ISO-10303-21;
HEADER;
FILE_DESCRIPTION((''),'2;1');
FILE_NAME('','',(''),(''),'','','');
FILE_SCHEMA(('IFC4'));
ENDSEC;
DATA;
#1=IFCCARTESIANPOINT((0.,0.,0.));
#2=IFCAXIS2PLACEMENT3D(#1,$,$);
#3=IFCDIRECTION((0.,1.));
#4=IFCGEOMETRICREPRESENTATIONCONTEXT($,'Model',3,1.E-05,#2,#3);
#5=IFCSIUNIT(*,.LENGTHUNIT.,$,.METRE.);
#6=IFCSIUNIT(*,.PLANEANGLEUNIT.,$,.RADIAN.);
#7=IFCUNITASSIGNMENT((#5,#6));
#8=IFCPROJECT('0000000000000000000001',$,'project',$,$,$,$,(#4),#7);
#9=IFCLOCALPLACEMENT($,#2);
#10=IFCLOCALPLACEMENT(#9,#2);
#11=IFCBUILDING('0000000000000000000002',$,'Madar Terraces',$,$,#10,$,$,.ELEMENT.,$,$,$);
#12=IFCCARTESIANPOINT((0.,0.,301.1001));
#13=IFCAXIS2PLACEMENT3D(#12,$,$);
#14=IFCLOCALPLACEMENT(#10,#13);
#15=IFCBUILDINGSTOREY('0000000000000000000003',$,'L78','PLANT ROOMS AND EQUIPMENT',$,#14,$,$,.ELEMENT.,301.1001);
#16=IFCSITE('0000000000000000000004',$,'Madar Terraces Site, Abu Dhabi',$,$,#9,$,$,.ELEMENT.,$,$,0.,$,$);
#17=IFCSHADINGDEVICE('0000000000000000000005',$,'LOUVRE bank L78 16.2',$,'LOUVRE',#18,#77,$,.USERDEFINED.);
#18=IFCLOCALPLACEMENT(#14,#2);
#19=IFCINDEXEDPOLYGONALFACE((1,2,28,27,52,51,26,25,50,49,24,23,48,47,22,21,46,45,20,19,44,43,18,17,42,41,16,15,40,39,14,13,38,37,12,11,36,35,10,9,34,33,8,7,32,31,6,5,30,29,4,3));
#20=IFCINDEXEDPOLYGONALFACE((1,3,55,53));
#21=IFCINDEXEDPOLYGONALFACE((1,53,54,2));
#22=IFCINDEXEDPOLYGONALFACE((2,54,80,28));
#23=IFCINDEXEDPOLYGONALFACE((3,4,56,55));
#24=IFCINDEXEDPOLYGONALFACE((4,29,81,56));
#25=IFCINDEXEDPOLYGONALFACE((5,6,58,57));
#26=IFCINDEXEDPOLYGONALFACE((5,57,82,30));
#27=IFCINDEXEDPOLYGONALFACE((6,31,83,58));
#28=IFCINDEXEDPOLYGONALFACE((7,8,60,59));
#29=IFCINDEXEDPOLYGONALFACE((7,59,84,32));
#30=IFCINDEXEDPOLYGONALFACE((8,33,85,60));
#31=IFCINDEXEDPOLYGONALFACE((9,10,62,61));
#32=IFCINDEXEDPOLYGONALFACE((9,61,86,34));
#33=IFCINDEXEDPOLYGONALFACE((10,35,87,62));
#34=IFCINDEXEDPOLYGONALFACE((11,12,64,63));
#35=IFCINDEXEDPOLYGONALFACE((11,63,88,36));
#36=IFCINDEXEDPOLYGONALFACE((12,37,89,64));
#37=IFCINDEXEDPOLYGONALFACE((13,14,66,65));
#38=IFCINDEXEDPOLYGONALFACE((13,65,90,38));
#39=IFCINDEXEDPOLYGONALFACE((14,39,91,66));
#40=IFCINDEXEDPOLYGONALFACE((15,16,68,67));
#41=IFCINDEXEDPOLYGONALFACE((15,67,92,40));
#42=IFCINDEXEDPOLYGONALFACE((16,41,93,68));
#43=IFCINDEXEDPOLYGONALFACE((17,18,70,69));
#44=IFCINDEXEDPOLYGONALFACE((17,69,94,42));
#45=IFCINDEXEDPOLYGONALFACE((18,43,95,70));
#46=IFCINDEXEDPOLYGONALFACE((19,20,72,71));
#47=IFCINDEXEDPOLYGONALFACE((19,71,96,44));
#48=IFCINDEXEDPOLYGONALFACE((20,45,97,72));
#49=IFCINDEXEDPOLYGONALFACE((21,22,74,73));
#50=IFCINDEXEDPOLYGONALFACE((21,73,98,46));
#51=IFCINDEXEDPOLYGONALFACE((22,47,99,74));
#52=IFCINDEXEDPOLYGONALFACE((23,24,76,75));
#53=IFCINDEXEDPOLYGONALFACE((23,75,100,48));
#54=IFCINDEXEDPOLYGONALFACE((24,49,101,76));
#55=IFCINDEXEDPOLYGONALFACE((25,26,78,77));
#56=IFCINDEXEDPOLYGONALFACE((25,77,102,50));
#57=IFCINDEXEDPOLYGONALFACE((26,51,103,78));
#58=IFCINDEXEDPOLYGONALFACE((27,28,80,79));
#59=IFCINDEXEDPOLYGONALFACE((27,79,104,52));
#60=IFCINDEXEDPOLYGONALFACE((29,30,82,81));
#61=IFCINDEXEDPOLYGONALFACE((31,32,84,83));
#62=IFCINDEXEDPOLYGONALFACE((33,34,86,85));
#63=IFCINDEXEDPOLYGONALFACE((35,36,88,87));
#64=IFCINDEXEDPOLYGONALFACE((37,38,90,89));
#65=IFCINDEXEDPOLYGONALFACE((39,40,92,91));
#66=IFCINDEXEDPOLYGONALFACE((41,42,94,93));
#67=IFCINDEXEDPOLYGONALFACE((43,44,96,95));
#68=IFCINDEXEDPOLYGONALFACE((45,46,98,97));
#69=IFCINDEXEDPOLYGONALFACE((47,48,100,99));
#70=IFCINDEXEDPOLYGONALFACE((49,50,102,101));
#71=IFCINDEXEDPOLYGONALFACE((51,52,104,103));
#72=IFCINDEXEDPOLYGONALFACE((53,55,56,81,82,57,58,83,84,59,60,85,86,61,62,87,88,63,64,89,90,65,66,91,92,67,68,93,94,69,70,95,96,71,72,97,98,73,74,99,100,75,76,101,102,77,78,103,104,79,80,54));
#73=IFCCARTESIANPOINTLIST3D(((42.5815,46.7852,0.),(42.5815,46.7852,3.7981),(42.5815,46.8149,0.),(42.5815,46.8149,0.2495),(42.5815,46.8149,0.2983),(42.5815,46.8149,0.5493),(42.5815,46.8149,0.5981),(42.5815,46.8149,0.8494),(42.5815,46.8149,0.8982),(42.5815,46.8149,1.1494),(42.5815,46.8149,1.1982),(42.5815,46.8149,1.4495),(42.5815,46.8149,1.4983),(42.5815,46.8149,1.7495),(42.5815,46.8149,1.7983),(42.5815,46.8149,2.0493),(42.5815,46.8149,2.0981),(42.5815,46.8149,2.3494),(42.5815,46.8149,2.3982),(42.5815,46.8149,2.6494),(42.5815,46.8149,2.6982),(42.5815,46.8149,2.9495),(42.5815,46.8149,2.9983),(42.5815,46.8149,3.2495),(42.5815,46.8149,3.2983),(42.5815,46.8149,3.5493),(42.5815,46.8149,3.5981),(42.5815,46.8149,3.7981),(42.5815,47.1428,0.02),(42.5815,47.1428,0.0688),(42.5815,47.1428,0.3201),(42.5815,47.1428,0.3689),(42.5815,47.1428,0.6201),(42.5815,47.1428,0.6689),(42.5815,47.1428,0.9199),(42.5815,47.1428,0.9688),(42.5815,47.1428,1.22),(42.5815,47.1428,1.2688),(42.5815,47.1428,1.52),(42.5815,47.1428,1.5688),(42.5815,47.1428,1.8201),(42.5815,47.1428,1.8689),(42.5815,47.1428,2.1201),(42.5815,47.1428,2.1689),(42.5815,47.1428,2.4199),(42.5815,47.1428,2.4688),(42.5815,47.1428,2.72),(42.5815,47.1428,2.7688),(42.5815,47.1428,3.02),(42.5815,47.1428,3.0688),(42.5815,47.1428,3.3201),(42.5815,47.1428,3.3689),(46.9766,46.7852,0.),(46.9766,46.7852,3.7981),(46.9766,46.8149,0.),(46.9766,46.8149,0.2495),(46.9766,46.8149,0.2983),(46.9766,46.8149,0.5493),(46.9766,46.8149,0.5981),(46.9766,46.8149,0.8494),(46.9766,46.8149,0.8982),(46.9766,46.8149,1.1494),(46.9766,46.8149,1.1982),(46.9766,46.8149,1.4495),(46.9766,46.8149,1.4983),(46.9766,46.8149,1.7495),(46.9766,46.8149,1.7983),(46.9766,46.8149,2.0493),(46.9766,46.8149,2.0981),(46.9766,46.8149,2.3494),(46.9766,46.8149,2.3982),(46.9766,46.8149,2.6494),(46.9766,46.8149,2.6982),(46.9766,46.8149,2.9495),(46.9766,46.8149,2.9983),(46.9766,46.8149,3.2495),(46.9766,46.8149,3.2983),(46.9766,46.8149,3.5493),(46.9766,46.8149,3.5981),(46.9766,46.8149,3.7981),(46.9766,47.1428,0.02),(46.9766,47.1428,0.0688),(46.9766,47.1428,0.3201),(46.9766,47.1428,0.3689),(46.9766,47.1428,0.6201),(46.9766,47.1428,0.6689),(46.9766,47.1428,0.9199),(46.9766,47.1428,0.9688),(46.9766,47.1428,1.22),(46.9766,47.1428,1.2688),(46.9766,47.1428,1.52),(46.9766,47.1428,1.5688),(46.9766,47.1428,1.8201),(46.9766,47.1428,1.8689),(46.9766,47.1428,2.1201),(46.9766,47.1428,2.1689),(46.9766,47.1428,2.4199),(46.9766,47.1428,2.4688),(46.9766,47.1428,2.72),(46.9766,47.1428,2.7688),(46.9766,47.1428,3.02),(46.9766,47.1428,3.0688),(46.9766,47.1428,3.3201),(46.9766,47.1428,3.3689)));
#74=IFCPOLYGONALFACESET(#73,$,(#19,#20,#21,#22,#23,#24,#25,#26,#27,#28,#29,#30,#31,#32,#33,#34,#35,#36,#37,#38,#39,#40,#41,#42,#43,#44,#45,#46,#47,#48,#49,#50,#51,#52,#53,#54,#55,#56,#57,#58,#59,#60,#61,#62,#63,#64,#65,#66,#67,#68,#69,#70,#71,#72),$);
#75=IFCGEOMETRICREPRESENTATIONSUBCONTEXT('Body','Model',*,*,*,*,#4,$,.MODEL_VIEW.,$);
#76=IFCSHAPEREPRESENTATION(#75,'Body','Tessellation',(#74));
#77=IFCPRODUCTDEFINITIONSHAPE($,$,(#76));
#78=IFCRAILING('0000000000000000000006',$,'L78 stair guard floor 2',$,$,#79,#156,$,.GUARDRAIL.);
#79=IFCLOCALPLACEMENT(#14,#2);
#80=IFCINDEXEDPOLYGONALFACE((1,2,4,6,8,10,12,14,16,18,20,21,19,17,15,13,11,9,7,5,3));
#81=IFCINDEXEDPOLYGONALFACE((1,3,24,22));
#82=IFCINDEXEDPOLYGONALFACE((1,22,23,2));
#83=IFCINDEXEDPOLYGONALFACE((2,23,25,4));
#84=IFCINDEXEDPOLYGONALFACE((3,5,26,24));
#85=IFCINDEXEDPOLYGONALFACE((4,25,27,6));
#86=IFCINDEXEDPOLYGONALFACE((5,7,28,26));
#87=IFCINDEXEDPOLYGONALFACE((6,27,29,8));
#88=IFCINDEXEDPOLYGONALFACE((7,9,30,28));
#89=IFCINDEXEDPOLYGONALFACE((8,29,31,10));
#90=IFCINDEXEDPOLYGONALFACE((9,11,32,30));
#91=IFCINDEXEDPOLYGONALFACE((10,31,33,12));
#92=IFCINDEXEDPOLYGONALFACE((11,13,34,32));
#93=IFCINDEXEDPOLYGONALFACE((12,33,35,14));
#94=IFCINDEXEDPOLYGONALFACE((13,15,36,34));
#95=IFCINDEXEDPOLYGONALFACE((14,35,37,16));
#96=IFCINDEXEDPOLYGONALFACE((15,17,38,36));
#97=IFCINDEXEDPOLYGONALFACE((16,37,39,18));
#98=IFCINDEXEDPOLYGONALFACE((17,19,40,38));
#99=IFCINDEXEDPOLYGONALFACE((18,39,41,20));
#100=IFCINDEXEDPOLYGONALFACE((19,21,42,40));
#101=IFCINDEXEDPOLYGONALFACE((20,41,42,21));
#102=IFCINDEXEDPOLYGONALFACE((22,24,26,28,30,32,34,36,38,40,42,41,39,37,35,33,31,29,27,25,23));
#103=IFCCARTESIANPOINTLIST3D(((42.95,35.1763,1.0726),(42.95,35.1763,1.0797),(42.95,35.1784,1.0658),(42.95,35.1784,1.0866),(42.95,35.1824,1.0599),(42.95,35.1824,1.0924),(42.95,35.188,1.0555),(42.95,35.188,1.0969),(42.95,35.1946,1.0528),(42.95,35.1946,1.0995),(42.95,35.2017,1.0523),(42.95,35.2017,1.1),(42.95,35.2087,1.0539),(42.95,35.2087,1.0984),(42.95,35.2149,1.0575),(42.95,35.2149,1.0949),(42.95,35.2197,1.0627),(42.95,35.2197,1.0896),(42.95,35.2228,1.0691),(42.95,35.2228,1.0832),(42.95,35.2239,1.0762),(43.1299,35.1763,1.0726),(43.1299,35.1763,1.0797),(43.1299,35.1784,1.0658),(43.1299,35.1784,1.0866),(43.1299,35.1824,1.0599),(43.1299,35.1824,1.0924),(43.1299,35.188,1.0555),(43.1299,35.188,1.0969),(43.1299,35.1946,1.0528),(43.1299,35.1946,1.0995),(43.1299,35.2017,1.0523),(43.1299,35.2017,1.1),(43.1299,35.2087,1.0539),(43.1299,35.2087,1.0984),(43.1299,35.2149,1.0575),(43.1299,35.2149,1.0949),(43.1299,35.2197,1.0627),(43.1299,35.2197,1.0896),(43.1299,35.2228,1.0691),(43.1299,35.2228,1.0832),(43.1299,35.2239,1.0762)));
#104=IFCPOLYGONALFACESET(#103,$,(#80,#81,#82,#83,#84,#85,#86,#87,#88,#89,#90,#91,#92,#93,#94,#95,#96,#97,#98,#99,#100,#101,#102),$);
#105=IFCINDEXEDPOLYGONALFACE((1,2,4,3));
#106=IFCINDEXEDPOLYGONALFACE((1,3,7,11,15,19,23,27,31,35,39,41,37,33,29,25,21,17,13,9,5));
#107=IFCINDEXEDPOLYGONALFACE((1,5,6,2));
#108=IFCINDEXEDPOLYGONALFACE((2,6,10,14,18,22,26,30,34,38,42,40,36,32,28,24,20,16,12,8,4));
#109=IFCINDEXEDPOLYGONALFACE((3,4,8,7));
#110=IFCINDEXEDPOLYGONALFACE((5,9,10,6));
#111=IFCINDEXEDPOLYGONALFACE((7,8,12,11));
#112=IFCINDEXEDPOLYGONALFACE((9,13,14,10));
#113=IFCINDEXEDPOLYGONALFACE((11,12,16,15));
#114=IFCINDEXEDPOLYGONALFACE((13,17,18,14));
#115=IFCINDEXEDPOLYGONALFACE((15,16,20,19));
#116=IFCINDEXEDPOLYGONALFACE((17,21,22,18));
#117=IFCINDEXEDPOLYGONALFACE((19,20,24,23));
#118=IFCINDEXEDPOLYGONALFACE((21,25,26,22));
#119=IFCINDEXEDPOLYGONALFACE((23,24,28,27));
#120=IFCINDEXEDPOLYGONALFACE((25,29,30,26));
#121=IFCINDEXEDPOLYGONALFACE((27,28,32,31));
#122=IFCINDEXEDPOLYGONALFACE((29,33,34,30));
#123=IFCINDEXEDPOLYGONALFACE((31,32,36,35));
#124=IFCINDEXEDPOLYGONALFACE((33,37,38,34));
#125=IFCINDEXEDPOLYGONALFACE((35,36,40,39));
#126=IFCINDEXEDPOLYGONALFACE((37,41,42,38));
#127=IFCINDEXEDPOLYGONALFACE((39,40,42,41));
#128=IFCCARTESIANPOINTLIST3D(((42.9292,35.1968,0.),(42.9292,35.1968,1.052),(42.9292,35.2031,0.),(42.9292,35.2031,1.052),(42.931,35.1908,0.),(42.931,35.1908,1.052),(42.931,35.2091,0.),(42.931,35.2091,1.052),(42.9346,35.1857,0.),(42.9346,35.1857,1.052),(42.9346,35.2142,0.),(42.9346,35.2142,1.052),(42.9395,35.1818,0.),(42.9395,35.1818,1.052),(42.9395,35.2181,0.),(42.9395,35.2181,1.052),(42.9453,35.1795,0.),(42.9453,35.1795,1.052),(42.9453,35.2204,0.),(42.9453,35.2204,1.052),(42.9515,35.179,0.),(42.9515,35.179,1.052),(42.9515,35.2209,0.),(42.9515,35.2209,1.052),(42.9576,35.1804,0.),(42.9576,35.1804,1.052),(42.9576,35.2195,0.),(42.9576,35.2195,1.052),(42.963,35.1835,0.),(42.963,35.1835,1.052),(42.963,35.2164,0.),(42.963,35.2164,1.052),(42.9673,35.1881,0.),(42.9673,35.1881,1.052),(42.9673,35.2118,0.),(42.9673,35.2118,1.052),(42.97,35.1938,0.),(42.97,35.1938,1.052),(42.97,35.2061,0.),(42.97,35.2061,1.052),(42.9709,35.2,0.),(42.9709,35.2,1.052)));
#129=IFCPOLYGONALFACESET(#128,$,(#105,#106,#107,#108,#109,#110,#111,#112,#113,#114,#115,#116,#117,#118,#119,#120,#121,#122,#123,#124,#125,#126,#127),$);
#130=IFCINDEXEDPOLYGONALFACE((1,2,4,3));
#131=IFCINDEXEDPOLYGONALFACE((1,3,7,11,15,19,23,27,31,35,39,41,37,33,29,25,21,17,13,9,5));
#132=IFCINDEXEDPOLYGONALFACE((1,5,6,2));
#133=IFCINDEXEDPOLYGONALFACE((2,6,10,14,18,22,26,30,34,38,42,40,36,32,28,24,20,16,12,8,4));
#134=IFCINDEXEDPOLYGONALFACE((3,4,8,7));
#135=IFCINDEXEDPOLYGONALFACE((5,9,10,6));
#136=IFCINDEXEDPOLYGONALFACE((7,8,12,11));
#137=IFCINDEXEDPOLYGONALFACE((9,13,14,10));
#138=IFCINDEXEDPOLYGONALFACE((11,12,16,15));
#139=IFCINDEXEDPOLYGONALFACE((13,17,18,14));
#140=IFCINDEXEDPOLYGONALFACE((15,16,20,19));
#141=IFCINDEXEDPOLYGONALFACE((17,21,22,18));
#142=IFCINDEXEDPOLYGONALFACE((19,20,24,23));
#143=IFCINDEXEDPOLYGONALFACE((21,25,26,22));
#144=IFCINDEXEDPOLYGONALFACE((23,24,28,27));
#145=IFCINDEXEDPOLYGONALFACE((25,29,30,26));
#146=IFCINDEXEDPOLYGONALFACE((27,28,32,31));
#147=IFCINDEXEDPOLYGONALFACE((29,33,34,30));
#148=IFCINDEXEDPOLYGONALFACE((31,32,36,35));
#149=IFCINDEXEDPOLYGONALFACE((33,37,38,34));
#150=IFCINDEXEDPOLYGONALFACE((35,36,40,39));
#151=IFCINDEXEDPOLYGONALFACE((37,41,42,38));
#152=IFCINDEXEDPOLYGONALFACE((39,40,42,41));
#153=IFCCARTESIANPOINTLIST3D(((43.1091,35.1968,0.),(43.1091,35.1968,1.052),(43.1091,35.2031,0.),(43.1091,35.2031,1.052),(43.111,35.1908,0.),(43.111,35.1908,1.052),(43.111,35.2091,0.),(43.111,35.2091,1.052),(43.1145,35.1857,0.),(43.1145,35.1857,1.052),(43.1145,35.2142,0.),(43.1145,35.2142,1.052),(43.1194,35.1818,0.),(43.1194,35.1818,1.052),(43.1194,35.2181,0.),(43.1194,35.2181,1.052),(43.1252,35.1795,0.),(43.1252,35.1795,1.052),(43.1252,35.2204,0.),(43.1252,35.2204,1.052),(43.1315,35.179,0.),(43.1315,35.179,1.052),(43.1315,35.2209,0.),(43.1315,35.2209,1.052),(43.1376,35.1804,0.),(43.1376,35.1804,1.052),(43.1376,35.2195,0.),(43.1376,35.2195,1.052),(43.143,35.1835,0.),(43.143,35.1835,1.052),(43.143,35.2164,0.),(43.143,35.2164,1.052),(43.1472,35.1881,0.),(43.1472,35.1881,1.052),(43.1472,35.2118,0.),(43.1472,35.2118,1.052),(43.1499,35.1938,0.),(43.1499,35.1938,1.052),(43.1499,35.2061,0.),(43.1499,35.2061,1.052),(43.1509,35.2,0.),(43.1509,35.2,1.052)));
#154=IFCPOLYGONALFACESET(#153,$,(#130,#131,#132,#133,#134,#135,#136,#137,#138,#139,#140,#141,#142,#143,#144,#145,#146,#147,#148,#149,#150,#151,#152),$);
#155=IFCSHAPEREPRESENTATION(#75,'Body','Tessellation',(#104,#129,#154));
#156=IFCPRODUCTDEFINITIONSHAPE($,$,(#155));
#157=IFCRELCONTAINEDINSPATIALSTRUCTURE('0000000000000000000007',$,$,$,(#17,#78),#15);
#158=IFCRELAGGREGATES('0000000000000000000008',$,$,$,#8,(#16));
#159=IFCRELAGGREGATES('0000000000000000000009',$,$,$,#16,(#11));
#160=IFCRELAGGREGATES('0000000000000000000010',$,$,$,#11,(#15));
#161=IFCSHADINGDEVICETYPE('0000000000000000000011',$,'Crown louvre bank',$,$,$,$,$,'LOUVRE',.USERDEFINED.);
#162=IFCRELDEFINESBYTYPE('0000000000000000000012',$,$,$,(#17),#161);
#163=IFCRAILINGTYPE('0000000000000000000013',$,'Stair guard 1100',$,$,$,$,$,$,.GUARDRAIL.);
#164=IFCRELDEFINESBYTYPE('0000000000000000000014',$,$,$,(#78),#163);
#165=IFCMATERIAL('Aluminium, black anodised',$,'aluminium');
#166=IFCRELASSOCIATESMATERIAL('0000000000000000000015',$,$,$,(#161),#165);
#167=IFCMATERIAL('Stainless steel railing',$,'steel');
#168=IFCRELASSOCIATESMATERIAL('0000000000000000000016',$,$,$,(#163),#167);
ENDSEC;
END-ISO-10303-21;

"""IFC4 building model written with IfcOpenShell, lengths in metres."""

from ifc_helpers import new_model, si_unit, direction, frame, origin, origin_2d, place, context, subcontext, project, spatial, polyline, circle, outline, extrude, material, type_object, element, save


model = new_model("IFC4")

# Units and contexts
model_context = context("Model", 3, precision=1e-05, world=origin(), true_north=direction((0.0, 1.0)))
body_context = subcontext(model_context, "Body", "Model", "MODEL_VIEW")
ifc_project = project(units=[si_unit("LENGTHUNIT", "METRE"), si_unit("PLANEANGLEUNIT", "RADIAN")], contexts=[model_context])

# Site, building, storey
site_placement = place(None, origin())
site = spatial("IfcSite", under=ifc_project, at=site_placement, Name="Madar Terraces Site, Abu Dhabi", CompositionType="ELEMENT", RefElevation=0.0)
building_placement = place(site_placement, origin())
building = spatial("IfcBuilding", under=site, at=building_placement, Name="Madar Terraces", CompositionType="ELEMENT")
storey_placement = place(building_placement, frame((0.0, 0.0, 301.1001)))
storey = spatial("IfcBuildingStorey", under=building, at=storey_placement, Name="L78", Description="PLANT ROOMS AND EQUIPMENT", CompositionType="ELEMENT", Elevation=301.1001)

# Shading device
ifc_material_1 = material(Name="Aluminium, black anodised", Category="aluminium")
shading_device_type = type_object("IfcShadingDeviceType", Name="Crown louvre bank", ElementType="LOUVRE", PredefinedType="USERDEFINED", material=ifc_material_1)
shading_device_1_placement = place(storey_placement, frame((46.9766, 46.8, 0.0), z_axis=(-1.0, 0.0, 0.0), x_axis=(0.0, -1.0, 0.0)))
element("IfcShadingDevice", 1, at=shading_device_1_placement, inside=storey, type_object=shading_device_type, Name="LOUVRE bank L78 16.2", ObjectType="LOUVRE", PredefinedType="USERDEFINED", context=body_context, shape_type="SweptSolid", body=[
    extrude(outline(polyline([(0.0149, 0.0), (-0.0149, 0.0), (-0.0149, 0.2495), (-0.3428, 0.02), (-0.3428, 0.0688), (-0.0149, 0.2983), (-0.0149, 0.5493), (-0.3428, 0.3201), (-0.3428, 0.3689), (-0.0149, 0.5981), (-0.0149, 0.8494), (-0.3428, 0.6201), (-0.3428, 0.6689), (-0.0149, 0.8982), (-0.0149, 1.1494), (-0.3428, 0.9199), (-0.3428, 0.9688), (-0.0149, 1.1982), (-0.0149, 1.4495), (-0.3428, 1.22), (-0.3428, 1.2688), (-0.0149, 1.4983), (-0.0149, 1.7495), (-0.3428, 1.52), (-0.3428, 1.5688), (-0.0149, 1.7983), (-0.0149, 2.0493), (-0.3428, 1.8201), (-0.3428, 1.8689), (-0.0149, 2.0981), (-0.0149, 2.3494), (-0.3428, 2.1201), (-0.3428, 2.1689), (-0.0149, 2.3982), (-0.0149, 2.6494), (-0.3428, 2.4199), (-0.3428, 2.4688), (-0.0149, 2.6982), (-0.0149, 2.9495), (-0.3428, 2.72), (-0.3428, 2.7688), (-0.0149, 2.9983), (-0.0149, 3.2495), (-0.3428, 3.02), (-0.3428, 3.0688), (-0.0149, 3.2983), (-0.0149, 3.5493), (-0.3428, 3.3201), (-0.3428, 3.3689), (-0.0149, 3.5981), (-0.0149, 3.7981), (0.0149, 3.7981), (0.0149, 0.0)])), origin(), (0.0, 0.0, 1.0), 4.395),
])

# Railing
ifc_material_2 = material(Name="Stainless steel railing", Category="steel")
railing_type_1 = type_object("IfcRailingType", Name="Stair guard 1100", PredefinedType="GUARDRAIL", material=ifc_material_2)
railing_1_placement = place(storey_placement, frame((42.95, 35.2, 0.0)))
element("IfcRailing", 2, at=railing_1_placement, inside=storey, type_object=railing_type_1, Name="L78 stair guard floor 2", PredefinedType="GUARDRAIL", context=body_context, shape_type="SweptSolid", body=[
    extrude(circle(Radius=0.0239, at=origin_2d()), frame((0.0, 0.0, 1.0762), z_axis=(1.0, 0.0, 0.0), x_axis=(0.0, 1.0, 0.0)), (0.0, 0.0, 1.0), 0.1799),
    extrude(circle(Radius=0.021, at=origin_2d()), origin(), (0.0, 0.0, 1.0), 1.052),
    extrude(circle(Radius=0.021, at=origin_2d()), frame((0.1799, 0.0, 0.0)), (0.0, 0.0, 1.0), 1.052),
])

save(model, "model.ifc")
